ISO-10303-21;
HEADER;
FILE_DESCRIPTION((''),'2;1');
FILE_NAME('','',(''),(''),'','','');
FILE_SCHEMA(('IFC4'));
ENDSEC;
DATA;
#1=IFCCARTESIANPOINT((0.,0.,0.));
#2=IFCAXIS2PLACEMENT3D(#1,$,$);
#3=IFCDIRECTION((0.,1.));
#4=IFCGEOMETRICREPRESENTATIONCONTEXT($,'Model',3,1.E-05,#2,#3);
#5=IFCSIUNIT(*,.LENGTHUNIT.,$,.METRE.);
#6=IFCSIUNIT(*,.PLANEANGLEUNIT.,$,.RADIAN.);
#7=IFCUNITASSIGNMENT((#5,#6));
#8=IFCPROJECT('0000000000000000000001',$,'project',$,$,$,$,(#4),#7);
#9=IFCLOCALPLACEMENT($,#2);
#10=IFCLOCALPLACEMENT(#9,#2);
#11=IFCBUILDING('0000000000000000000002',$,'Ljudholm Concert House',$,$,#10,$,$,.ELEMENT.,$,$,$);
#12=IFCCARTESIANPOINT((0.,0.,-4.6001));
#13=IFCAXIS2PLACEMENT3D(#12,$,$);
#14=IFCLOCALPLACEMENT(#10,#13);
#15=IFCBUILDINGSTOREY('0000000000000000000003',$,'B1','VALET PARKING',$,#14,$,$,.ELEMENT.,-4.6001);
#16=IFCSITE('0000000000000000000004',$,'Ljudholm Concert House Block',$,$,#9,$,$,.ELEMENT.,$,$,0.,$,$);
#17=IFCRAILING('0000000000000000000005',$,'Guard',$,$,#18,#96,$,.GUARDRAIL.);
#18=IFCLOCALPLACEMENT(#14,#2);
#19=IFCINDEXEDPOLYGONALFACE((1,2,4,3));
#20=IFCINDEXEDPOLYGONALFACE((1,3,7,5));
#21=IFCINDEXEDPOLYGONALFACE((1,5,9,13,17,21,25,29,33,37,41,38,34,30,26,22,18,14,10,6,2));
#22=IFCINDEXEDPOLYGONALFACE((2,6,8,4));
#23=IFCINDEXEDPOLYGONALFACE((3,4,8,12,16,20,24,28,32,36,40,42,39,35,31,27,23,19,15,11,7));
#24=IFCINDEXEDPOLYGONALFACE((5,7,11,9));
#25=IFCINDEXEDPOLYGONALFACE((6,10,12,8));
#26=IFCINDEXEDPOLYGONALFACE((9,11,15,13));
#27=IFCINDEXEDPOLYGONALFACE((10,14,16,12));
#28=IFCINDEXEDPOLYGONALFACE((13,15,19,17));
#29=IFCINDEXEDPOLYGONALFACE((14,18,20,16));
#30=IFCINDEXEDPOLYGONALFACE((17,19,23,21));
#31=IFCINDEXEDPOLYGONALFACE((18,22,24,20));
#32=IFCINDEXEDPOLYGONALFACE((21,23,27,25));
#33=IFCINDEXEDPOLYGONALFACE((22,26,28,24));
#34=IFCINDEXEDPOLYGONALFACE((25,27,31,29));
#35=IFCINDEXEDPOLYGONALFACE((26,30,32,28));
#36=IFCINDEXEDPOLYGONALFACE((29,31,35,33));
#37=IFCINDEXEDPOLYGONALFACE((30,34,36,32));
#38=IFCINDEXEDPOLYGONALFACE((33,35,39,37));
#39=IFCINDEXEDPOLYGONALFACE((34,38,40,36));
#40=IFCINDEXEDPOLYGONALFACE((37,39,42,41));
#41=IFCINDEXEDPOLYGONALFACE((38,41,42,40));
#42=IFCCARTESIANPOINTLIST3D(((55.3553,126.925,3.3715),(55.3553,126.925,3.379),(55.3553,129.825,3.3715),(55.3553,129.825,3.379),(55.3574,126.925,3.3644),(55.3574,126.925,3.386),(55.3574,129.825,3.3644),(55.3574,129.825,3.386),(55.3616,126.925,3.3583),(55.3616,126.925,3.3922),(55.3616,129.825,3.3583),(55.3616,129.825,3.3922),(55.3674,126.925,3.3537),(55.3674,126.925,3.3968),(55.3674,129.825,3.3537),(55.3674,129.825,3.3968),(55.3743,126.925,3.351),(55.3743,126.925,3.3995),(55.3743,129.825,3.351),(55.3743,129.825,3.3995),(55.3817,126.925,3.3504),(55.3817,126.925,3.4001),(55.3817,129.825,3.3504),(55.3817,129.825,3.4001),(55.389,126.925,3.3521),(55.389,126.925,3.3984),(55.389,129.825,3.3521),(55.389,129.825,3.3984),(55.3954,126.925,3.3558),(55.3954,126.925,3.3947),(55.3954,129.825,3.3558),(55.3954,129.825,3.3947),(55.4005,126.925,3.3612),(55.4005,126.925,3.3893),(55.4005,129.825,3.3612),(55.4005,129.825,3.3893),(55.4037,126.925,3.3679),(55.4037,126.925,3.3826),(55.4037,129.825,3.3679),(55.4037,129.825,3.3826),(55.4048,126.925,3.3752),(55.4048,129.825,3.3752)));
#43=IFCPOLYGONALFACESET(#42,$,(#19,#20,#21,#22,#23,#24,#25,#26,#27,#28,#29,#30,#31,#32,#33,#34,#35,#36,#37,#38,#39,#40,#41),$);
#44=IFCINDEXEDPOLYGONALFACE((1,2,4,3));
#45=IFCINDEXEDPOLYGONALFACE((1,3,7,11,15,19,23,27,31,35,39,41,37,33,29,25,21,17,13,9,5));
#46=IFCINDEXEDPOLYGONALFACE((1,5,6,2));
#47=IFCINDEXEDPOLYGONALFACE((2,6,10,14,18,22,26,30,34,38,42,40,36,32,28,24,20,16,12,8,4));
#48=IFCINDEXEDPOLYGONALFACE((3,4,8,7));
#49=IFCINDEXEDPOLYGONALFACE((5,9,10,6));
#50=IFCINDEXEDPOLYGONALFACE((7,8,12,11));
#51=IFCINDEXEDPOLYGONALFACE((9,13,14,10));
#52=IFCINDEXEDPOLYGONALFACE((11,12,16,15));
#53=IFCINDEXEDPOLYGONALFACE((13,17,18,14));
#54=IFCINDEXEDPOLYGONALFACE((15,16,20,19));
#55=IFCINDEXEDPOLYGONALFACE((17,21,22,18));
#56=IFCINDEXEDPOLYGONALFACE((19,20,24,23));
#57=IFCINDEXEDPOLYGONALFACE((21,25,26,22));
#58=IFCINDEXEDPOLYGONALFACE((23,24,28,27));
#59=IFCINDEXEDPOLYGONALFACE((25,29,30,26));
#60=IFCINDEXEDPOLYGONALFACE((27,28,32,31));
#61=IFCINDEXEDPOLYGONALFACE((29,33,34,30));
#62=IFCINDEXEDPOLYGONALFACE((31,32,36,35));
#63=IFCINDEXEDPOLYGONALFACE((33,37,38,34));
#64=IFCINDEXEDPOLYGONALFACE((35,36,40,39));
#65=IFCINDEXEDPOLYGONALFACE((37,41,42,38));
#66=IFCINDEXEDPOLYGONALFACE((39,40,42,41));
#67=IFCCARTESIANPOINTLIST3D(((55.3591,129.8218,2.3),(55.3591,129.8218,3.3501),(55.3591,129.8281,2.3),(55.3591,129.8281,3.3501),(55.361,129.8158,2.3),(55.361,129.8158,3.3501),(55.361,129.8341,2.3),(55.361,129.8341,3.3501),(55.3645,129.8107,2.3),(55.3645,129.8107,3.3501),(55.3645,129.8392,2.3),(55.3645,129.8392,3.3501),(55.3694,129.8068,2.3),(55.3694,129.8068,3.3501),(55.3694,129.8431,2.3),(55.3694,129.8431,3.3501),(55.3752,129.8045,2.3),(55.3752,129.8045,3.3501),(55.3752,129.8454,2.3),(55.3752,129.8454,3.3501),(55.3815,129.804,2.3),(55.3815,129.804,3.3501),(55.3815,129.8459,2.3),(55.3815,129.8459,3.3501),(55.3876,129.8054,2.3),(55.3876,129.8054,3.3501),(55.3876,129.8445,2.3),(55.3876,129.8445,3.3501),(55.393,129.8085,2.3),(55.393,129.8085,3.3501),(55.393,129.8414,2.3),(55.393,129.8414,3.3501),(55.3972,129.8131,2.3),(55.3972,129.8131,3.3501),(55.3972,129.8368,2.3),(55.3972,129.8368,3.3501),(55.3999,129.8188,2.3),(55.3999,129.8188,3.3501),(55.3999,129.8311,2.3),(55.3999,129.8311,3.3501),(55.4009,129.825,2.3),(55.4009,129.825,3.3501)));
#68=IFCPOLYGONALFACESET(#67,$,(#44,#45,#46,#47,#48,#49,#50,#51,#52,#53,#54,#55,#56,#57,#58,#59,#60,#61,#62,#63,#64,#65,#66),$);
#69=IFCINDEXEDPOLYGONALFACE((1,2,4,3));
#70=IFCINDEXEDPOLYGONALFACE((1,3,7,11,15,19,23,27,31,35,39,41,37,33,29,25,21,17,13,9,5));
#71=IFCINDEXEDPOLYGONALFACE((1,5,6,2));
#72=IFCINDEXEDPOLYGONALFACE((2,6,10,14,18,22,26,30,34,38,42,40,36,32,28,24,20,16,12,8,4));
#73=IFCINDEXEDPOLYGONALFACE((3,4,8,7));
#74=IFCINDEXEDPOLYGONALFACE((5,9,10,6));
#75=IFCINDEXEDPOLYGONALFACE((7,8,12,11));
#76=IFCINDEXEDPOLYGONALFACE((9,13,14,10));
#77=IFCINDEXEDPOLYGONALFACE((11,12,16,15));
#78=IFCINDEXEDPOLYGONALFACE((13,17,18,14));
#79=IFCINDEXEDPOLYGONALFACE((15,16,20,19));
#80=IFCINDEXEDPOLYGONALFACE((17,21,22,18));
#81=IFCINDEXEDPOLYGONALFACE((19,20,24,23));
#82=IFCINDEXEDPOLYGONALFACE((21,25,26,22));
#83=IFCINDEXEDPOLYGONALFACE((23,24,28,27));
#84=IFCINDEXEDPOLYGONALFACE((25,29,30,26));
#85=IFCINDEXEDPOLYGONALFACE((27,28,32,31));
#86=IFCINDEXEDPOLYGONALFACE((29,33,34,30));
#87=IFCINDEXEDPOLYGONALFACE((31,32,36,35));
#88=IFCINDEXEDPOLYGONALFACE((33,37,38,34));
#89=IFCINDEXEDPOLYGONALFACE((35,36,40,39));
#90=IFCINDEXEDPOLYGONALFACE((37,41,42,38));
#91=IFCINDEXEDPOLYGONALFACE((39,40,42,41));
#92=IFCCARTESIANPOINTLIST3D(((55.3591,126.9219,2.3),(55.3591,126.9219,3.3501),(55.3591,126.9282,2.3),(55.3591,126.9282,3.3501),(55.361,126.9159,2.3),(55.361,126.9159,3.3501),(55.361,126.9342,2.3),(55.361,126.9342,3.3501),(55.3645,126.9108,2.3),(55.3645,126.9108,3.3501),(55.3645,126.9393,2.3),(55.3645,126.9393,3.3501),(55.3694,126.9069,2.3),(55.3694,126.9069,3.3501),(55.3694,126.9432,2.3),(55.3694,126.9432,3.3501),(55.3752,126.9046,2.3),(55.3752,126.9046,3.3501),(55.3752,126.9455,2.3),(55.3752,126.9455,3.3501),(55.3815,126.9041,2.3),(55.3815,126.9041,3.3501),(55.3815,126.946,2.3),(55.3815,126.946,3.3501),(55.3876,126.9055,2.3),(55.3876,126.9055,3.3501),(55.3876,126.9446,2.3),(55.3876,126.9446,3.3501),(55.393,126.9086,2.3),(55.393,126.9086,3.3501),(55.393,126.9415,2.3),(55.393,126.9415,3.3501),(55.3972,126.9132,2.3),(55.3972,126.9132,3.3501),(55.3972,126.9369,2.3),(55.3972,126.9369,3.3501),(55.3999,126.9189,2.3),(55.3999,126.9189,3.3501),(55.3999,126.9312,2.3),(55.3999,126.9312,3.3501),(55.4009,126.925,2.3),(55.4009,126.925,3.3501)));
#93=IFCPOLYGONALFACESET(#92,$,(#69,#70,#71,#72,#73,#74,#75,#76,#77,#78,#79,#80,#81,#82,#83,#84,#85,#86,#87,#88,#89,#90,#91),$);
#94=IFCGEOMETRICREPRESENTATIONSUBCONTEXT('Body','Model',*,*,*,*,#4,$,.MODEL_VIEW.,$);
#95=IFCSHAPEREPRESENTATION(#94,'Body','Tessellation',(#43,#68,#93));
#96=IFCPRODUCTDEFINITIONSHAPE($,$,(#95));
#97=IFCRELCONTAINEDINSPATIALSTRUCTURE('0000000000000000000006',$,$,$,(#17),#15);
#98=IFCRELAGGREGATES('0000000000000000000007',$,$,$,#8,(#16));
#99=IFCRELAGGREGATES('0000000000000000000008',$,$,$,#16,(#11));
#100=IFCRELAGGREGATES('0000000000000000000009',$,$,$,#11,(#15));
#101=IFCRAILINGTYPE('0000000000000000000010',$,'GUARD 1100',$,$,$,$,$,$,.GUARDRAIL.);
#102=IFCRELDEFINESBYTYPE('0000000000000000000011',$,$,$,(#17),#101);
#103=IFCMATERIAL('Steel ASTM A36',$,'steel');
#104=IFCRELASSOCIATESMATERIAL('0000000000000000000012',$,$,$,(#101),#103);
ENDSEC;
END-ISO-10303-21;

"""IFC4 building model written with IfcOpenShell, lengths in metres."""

from ifc_helpers import new_model, si_unit, direction, frame, origin, origin_2d, place, context, subcontext, project, spatial, circle, extrude, material, type_object, element, save


model = new_model("IFC4")

# Units and contexts
model_context = context("Model", 3, precision=1e-05, world=origin(), true_north=direction((0.0, 1.0)))
body_context = subcontext(model_context, "Body", "Model", "MODEL_VIEW")
ifc_project = project(units=[si_unit("LENGTHUNIT", "METRE"), si_unit("PLANEANGLEUNIT", "RADIAN")], contexts=[model_context])

# Site, building, storey
site_placement = place(None, origin())
site = spatial("IfcSite", under=ifc_project, at=site_placement, Name="Ljudholm Concert House Block", CompositionType="ELEMENT", RefElevation=0.0)
building_placement = place(site_placement, origin())
building = spatial("IfcBuilding", under=site, at=building_placement, Name="Ljudholm Concert House", CompositionType="ELEMENT")
storey_placement = place(building_placement, frame((0.0, 0.0, -4.6001)))
storey = spatial("IfcBuildingStorey", under=building, at=storey_placement, Name="B1", Description="VALET PARKING", CompositionType="ELEMENT", Elevation=-4.6001)

# Railing
ifc_material_1 = material(Name="Steel ASTM A36", Category="steel")
railing_type_1 = type_object("IfcRailingType", Name="GUARD 1100", PredefinedType="GUARDRAIL", material=ifc_material_1)
railing_1_placement = place(storey_placement, frame((55.3799, 129.825, 2.3)))
element("IfcRailing", 1, at=railing_1_placement, inside=storey, type_object=railing_type_1, Name="Guard", PredefinedType="GUARDRAIL", context=body_context, shape_type="SweptSolid", body=[
    extrude(circle(Radius=0.0249, at=origin_2d()), frame((0.0, 0.0, 1.0752), z_axis=(0.0, -1.0, 0.0), x_axis=(1.0, 0.0, 0.0)), (0.0, 0.0, 1.0), 2.8999),
    extrude(circle(Radius=0.021, at=origin_2d()), origin(), (0.0, 0.0, 1.0), 1.05),
    extrude(circle(Radius=0.021, at=origin_2d()), frame((0.0, -2.8999, 0.0)), (0.0, 0.0, 1.0), 1.05),
])

save(model, "model.ifc")
